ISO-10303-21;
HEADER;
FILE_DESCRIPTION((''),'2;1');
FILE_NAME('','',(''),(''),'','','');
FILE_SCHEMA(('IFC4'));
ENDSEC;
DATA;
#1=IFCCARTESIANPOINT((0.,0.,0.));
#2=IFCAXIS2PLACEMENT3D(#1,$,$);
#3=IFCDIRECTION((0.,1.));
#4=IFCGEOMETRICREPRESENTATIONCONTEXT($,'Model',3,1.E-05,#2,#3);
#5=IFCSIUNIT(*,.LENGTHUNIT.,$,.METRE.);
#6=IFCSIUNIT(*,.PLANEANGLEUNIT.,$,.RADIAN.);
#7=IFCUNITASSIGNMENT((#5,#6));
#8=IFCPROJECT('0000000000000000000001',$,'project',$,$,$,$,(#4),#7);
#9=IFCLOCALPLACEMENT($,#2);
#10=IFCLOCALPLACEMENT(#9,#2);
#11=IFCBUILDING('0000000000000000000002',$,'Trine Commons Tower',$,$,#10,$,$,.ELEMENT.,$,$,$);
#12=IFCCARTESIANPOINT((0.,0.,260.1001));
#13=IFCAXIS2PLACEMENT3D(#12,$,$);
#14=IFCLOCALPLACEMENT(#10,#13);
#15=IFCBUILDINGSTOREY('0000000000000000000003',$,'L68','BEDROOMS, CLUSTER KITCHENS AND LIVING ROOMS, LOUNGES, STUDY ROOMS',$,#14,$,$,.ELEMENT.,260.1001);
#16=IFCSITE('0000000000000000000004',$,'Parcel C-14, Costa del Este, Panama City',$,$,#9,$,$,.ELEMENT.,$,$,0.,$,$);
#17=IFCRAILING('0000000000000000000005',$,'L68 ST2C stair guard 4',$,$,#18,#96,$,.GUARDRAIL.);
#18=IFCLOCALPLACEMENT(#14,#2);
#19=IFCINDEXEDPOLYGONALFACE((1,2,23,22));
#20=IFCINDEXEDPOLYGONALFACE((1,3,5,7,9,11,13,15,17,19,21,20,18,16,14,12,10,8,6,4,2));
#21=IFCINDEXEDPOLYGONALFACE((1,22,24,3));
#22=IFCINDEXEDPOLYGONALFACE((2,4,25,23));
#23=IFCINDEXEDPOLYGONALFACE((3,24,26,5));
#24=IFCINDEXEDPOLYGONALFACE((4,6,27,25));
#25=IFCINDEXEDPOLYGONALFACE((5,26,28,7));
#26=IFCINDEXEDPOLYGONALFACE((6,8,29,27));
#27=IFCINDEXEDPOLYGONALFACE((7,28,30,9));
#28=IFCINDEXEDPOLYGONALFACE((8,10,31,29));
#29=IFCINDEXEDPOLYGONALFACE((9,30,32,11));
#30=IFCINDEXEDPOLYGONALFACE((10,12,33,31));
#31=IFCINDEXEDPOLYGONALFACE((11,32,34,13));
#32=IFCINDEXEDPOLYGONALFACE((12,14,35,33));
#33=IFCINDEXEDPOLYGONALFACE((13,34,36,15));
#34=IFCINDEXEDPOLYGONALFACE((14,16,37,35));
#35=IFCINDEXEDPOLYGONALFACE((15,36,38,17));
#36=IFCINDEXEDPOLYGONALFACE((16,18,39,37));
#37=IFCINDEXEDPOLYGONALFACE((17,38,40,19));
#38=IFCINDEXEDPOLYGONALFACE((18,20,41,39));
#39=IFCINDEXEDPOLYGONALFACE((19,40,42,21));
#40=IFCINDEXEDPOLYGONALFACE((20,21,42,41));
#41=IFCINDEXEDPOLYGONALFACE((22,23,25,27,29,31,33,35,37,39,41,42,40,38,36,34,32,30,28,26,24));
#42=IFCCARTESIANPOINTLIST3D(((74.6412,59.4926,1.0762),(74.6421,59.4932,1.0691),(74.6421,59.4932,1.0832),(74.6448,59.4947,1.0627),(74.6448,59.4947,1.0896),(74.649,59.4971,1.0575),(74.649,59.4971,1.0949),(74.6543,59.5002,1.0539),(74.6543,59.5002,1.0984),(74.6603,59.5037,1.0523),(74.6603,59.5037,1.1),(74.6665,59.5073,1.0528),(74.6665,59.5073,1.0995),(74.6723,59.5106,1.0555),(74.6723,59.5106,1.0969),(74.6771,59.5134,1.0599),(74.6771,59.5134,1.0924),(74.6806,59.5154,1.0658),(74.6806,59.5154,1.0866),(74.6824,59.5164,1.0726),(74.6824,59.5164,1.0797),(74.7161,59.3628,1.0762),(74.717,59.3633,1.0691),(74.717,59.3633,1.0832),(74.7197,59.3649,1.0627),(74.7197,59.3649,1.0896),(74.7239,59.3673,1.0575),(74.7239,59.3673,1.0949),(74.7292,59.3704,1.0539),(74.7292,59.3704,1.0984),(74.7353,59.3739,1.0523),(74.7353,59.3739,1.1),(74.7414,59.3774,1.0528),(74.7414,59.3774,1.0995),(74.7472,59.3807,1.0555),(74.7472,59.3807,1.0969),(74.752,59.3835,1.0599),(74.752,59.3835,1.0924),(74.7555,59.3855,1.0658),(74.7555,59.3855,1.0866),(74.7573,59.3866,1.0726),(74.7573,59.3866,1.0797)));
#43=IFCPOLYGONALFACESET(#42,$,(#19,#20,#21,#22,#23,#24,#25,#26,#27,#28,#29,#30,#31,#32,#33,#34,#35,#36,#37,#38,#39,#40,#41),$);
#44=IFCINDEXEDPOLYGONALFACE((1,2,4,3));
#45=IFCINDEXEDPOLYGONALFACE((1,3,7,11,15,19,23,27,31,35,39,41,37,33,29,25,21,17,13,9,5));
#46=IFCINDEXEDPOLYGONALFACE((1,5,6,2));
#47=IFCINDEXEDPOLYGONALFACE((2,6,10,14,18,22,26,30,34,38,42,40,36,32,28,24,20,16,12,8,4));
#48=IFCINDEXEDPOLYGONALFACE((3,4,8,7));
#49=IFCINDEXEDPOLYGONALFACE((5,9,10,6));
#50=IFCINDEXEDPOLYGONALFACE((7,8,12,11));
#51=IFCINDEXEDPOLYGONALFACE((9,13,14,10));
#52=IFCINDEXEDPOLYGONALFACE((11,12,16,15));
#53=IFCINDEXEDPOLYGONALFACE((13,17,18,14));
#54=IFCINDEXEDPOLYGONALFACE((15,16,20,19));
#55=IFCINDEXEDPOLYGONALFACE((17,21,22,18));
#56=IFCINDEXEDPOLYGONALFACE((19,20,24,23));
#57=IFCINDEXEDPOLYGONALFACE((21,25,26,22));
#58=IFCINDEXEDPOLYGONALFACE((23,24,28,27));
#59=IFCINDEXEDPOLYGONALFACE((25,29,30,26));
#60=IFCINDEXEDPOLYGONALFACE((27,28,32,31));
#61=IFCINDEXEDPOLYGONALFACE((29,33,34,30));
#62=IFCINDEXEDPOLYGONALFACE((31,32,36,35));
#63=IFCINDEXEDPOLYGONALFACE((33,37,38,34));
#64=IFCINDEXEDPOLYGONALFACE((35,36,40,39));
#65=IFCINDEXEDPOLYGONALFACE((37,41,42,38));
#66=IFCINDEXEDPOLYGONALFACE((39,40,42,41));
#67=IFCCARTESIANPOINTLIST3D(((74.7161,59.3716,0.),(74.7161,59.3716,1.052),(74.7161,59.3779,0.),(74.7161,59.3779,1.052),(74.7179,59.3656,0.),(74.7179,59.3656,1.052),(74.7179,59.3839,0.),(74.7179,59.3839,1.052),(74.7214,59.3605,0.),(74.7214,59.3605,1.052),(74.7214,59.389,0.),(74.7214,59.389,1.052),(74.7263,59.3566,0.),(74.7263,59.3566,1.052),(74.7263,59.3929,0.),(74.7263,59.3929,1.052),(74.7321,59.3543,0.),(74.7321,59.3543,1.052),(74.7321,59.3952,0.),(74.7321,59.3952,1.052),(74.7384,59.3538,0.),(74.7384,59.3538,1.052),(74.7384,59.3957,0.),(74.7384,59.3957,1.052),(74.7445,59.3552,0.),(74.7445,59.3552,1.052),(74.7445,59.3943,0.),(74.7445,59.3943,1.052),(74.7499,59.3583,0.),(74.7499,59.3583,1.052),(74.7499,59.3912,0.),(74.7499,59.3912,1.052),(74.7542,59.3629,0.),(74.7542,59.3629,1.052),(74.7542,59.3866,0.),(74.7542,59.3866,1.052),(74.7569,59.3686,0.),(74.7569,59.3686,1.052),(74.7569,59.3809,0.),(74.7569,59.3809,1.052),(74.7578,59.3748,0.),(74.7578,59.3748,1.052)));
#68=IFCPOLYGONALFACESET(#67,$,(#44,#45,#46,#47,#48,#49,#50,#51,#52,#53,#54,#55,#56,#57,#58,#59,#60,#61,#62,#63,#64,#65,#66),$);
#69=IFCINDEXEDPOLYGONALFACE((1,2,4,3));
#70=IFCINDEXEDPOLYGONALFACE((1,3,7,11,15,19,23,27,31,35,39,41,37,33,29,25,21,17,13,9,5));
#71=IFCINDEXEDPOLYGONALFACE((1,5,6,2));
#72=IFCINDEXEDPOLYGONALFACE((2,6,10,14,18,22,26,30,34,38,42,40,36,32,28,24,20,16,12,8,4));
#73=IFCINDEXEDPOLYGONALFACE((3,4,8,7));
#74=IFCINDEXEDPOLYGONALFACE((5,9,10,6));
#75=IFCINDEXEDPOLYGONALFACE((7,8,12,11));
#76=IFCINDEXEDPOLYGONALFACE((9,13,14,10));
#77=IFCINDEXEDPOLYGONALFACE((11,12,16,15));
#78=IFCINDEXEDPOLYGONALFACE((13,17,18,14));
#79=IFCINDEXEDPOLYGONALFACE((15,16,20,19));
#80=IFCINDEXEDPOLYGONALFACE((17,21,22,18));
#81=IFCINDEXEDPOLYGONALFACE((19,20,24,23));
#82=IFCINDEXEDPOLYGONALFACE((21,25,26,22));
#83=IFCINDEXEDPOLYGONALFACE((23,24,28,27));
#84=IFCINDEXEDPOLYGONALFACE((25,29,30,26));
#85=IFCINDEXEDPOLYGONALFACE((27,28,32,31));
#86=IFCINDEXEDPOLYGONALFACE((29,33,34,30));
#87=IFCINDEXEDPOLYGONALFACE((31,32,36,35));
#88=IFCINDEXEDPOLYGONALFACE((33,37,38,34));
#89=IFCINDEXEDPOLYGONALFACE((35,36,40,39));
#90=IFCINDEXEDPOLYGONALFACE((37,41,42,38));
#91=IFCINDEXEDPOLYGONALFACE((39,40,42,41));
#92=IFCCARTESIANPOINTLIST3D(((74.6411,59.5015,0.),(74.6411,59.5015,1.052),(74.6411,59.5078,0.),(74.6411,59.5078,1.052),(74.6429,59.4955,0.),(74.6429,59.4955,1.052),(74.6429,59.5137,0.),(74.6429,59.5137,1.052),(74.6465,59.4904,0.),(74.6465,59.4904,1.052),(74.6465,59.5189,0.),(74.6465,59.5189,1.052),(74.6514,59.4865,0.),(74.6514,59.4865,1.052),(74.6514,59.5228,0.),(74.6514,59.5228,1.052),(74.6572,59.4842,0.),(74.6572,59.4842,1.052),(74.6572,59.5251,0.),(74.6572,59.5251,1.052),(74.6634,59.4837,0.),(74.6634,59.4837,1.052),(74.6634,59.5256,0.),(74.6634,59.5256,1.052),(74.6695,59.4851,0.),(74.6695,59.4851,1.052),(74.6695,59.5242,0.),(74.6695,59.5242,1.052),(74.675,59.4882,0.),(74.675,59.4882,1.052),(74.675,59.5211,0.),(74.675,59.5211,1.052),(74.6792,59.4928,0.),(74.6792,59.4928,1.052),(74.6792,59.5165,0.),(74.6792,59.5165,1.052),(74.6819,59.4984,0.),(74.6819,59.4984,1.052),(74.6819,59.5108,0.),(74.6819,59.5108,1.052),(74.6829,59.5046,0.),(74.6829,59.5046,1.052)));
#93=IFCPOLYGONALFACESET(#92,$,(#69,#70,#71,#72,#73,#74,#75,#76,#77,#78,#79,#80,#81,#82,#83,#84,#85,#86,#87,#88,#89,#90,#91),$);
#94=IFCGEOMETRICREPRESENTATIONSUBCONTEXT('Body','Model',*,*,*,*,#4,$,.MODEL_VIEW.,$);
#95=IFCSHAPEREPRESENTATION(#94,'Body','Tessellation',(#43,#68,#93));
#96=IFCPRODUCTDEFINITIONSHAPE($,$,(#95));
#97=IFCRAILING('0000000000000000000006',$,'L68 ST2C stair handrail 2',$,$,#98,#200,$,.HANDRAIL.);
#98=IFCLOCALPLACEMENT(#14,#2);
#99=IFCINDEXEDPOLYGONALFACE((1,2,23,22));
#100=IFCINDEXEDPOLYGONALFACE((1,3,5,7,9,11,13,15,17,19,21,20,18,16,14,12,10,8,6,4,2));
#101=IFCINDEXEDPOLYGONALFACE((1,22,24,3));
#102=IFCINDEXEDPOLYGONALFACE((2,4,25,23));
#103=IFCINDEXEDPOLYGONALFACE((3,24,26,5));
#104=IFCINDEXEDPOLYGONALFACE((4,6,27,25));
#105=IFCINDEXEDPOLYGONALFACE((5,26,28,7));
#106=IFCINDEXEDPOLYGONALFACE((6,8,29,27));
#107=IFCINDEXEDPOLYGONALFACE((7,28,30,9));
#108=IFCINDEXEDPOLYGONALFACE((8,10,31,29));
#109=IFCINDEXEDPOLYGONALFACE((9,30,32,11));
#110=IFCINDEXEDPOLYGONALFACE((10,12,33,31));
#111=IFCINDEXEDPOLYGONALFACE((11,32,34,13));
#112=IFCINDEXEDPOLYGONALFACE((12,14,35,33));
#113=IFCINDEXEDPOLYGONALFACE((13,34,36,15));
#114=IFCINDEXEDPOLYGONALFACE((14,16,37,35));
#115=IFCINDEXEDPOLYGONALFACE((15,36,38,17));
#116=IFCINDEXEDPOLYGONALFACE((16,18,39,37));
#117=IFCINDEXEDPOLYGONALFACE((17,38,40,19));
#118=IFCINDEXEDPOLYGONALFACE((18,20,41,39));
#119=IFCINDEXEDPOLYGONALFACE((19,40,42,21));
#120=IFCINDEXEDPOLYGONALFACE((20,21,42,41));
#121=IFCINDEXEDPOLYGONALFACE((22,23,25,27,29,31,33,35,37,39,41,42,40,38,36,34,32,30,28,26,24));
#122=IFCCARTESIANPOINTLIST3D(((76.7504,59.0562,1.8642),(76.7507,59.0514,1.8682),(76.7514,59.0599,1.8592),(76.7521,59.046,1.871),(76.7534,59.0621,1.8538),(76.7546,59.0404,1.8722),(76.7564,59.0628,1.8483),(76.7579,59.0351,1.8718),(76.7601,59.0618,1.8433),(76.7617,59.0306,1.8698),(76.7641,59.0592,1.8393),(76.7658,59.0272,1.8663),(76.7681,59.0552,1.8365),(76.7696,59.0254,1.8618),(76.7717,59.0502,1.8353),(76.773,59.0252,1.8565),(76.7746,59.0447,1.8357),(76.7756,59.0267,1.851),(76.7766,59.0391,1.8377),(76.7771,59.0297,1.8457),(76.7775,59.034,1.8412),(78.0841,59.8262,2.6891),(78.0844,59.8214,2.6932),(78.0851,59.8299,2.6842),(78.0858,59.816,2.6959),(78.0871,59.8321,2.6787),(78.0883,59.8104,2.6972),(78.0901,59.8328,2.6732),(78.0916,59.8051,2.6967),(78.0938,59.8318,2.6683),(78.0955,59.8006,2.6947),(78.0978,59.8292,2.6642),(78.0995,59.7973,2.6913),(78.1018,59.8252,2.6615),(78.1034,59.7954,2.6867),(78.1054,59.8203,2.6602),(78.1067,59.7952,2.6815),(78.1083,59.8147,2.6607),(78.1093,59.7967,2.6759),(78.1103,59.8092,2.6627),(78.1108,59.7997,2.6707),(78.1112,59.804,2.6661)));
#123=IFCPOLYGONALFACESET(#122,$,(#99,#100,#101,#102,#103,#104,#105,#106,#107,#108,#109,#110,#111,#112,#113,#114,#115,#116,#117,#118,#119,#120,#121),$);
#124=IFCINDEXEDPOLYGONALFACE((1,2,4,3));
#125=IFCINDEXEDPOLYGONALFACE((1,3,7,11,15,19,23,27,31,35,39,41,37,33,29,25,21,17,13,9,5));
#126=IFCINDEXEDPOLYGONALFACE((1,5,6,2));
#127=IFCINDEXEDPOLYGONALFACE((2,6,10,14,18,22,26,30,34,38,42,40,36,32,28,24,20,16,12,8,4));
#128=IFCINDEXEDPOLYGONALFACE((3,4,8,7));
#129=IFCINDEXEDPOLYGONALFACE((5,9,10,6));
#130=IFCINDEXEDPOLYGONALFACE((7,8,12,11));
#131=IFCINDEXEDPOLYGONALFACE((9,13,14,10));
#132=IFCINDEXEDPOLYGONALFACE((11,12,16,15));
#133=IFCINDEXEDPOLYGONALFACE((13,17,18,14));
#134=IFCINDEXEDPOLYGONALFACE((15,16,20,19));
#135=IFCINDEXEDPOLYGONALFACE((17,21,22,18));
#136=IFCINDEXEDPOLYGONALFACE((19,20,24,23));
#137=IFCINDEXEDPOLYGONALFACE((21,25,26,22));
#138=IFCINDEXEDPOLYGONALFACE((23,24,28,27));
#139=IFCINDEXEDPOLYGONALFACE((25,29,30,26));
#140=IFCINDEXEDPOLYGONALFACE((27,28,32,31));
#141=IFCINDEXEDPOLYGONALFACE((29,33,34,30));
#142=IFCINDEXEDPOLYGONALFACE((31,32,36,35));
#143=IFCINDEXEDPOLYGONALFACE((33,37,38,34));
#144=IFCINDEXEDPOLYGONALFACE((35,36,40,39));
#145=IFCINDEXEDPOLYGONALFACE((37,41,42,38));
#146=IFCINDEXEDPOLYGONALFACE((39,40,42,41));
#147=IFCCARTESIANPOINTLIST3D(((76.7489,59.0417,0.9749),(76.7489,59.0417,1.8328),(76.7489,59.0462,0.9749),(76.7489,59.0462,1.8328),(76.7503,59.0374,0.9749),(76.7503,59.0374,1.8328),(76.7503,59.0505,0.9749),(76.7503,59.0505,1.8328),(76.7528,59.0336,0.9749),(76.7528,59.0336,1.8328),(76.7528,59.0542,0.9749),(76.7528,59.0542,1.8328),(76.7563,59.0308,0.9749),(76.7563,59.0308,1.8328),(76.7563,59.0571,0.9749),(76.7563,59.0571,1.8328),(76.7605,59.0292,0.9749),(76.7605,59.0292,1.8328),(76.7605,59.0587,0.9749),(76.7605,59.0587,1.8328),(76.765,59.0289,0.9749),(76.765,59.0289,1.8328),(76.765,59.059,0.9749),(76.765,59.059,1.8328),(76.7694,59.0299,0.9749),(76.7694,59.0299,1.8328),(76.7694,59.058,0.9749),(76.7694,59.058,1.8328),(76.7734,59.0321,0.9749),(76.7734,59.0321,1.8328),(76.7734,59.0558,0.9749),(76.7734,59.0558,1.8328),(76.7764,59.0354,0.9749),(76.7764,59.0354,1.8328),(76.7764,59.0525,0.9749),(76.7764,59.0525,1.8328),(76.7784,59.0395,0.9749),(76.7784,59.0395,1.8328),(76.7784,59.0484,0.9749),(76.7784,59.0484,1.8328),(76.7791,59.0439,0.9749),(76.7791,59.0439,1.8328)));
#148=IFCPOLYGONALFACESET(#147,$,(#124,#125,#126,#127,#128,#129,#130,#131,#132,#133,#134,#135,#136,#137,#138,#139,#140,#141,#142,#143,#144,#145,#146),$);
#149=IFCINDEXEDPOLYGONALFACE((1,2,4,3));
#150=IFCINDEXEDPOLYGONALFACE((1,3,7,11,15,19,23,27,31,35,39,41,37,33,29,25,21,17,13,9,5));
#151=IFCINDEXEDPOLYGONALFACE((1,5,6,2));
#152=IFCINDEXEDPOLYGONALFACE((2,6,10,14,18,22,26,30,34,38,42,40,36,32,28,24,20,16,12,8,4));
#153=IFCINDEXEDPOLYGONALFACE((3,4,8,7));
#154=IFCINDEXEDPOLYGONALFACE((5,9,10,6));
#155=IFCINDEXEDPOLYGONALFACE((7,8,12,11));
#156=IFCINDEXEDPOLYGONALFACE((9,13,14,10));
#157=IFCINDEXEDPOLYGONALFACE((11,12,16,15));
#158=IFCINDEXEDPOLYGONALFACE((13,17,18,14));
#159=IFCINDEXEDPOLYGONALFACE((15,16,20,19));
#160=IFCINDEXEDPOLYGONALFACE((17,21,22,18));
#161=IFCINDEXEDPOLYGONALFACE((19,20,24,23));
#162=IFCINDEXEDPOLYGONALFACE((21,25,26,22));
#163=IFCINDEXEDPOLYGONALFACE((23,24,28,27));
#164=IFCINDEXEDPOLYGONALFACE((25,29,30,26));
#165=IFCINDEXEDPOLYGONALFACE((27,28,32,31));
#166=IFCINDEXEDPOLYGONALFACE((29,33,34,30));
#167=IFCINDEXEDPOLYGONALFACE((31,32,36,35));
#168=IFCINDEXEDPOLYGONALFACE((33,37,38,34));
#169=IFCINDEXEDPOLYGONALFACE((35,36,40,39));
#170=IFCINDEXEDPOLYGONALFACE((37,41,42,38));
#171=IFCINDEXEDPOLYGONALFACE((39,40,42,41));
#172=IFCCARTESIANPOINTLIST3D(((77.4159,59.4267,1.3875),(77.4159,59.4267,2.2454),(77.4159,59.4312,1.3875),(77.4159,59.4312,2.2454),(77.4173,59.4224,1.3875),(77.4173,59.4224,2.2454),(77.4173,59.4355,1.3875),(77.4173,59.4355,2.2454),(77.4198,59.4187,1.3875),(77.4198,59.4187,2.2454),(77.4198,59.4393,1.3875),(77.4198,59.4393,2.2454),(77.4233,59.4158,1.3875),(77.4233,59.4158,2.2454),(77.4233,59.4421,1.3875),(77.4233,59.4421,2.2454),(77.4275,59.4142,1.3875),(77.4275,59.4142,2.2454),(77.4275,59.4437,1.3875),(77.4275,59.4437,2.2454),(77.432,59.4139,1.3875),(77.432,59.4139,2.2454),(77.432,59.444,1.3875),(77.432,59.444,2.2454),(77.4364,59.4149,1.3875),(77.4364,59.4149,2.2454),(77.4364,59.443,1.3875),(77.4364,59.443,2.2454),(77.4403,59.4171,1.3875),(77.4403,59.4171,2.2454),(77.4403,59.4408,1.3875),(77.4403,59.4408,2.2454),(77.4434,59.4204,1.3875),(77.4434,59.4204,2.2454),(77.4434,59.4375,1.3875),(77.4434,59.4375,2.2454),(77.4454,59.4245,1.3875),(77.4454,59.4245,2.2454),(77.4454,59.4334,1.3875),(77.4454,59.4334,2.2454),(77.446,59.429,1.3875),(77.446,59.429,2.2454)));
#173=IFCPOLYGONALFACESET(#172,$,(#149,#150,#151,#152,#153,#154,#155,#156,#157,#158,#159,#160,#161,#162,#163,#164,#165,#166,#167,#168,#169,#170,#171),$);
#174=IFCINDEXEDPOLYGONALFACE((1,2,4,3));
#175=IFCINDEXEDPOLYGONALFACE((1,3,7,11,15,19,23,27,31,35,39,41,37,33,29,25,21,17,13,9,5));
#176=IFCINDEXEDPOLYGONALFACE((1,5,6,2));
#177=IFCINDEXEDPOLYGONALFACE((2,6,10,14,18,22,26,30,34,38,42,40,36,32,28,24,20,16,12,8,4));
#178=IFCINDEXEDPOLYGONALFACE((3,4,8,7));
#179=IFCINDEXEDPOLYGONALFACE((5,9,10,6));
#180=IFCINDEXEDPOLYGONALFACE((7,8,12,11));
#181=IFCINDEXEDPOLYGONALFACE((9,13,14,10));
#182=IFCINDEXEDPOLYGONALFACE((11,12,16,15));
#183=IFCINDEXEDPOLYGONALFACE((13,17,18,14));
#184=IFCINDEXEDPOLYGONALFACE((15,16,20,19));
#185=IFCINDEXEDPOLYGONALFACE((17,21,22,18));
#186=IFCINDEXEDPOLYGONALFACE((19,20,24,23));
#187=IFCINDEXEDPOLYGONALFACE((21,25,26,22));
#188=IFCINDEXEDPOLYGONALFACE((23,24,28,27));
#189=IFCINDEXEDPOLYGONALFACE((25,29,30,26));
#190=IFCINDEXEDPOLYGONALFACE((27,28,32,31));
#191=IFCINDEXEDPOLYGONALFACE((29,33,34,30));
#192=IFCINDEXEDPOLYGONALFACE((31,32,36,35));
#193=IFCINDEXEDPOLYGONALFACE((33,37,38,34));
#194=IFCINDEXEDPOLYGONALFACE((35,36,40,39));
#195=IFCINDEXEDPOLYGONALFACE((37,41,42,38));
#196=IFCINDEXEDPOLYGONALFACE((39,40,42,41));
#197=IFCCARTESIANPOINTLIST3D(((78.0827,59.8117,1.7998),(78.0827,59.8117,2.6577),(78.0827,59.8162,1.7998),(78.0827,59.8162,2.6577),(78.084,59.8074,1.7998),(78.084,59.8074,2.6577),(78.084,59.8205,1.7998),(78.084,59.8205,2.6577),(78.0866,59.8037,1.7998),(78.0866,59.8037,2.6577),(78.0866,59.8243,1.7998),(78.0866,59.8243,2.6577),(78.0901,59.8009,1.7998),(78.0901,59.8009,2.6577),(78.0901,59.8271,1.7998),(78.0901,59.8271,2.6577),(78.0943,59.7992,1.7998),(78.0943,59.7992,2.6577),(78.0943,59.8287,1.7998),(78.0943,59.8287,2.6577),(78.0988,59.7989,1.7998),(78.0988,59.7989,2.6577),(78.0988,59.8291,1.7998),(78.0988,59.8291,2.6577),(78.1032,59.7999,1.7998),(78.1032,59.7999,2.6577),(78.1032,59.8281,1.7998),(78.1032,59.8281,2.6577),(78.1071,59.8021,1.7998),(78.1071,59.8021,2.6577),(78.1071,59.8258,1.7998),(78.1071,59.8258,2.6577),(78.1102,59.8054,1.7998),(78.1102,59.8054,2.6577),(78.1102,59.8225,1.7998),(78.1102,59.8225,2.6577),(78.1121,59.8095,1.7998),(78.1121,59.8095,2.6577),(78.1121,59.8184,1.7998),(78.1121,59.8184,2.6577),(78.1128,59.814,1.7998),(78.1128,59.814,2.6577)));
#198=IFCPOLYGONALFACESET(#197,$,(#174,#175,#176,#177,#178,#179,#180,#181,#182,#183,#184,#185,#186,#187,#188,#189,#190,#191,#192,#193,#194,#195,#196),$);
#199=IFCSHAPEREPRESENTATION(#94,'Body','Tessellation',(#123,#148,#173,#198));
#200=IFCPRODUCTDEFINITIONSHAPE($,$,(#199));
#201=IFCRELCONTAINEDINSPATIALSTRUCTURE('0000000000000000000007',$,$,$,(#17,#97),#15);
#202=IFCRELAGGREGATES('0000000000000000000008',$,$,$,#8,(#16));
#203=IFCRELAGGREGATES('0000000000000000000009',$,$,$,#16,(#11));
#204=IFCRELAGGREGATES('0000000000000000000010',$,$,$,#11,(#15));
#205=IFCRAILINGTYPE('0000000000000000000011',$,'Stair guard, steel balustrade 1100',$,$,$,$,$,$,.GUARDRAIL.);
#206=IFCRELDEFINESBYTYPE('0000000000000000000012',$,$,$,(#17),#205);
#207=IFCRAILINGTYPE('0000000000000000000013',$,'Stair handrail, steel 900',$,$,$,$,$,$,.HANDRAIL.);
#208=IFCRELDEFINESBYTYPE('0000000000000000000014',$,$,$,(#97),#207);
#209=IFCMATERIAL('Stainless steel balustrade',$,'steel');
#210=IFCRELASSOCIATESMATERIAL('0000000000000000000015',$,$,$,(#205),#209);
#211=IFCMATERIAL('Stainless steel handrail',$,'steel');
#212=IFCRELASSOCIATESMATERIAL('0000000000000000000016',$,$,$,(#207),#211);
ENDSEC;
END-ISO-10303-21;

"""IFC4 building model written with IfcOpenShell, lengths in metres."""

from ifc_helpers import new_model, si_unit, direction, frame, origin, origin_2d, place, context, subcontext, project, spatial, circle, extrude, material, type_object, element, save


model = new_model("IFC4")

# Units and contexts
model_context = context("Model", 3, precision=1e-05, world=origin(), true_north=direction((0.0, 1.0)))
body_context = subcontext(model_context, "Body", "Model", "MODEL_VIEW")
ifc_project = project(units=[si_unit("LENGTHUNIT", "METRE"), si_unit("PLANEANGLEUNIT", "RADIAN")], contexts=[model_context])

# Site, building, storey
site_placement = place(None, origin())
site = spatial("IfcSite", under=ifc_project, at=site_placement, Name="Parcel C-14, Costa del Este, Panama City", CompositionType="ELEMENT", RefElevation=0.0)
building_placement = place(site_placement, origin())
building = spatial("IfcBuilding", under=site, at=building_placement, Name="Trine Commons Tower", CompositionType="ELEMENT")
storey_placement = place(building_placement, frame((0.0, 0.0, 260.1001)))
storey = spatial("IfcBuildingStorey", under=building, at=storey_placement, Name="L68", Description="BEDROOMS, CLUSTER KITCHENS AND LIVING ROOMS, LOUNGES, STUDY ROOMS", CompositionType="ELEMENT", Elevation=260.1001)

# Railings
ifc_material_1 = material(Name="Stainless steel balustrade", Category="steel")
railing_type_1 = type_object("IfcRailingType", Name="Stair guard, steel balustrade 1100", PredefinedType="GUARDRAIL", material=ifc_material_1)
railing_1_placement = place(storey_placement, frame((74.7368, 59.3748, 0.0)))
element("IfcRailing", 1, at=railing_1_placement, inside=storey, type_object=railing_type_1, Name="L68 ST2C stair guard 4", PredefinedType="GUARDRAIL", context=body_context, shape_type="SweptSolid", body=[
    extrude(circle(Radius=0.0239, at=origin_2d()), frame((0.0, 0.0, 1.0762), z_axis=(-0.499816, 0.866131, 0.0), x_axis=(-0.866131, -0.499816, 0.0)), (0.0, 0.0, 1.0), 0.1499),
    extrude(circle(Radius=0.021, at=origin_2d()), origin(), (0.0, 0.0, 1.0), 1.052),
    extrude(circle(Radius=0.021, at=origin_2d()), frame((-0.075, 0.1299, 0.0)), (0.0, 0.0, 1.0), 1.052),
])
ifc_material_2 = material(Name="Stainless steel handrail", Category="steel")
railing_type_2 = type_object("IfcRailingType", Name="Stair handrail, steel 900", PredefinedType="HANDRAIL", material=ifc_material_2)
railing_2_placement = place(storey_placement, frame((76.7639, 59.0439, 0.9749)))
element("IfcRailing", 2, at=railing_2_placement, inside=storey, type_object=railing_type_2, Name="L68 ST2C stair handrail 2", PredefinedType="HANDRAIL", context=body_context, shape_type="SweptSolid", body=[
    extrude(circle(Radius=0.021, at=origin_2d()), frame((0.0, 0.0, 0.8789), z_axis=(0.763405, 0.440743, 0.472185), x_axis=(-0.499992, 0.86603, 0.0)), (0.0, 0.0, 1.0), 1.7471),
    extrude(circle(Radius=0.0151, at=origin_2d()), origin(), (0.0, 0.0, 1.0), 0.8579),
    extrude(circle(Radius=0.0151, at=origin_2d()), frame((0.667, 0.385, 0.4126)), (0.0, 0.0, 1.0), 0.8579),
    extrude(circle(Radius=0.0151, at=origin_2d()), frame((1.3337, 0.77, 0.825)), (0.0, 0.0, 1.0), 0.8579),
])

save(model, "model.ifc")
